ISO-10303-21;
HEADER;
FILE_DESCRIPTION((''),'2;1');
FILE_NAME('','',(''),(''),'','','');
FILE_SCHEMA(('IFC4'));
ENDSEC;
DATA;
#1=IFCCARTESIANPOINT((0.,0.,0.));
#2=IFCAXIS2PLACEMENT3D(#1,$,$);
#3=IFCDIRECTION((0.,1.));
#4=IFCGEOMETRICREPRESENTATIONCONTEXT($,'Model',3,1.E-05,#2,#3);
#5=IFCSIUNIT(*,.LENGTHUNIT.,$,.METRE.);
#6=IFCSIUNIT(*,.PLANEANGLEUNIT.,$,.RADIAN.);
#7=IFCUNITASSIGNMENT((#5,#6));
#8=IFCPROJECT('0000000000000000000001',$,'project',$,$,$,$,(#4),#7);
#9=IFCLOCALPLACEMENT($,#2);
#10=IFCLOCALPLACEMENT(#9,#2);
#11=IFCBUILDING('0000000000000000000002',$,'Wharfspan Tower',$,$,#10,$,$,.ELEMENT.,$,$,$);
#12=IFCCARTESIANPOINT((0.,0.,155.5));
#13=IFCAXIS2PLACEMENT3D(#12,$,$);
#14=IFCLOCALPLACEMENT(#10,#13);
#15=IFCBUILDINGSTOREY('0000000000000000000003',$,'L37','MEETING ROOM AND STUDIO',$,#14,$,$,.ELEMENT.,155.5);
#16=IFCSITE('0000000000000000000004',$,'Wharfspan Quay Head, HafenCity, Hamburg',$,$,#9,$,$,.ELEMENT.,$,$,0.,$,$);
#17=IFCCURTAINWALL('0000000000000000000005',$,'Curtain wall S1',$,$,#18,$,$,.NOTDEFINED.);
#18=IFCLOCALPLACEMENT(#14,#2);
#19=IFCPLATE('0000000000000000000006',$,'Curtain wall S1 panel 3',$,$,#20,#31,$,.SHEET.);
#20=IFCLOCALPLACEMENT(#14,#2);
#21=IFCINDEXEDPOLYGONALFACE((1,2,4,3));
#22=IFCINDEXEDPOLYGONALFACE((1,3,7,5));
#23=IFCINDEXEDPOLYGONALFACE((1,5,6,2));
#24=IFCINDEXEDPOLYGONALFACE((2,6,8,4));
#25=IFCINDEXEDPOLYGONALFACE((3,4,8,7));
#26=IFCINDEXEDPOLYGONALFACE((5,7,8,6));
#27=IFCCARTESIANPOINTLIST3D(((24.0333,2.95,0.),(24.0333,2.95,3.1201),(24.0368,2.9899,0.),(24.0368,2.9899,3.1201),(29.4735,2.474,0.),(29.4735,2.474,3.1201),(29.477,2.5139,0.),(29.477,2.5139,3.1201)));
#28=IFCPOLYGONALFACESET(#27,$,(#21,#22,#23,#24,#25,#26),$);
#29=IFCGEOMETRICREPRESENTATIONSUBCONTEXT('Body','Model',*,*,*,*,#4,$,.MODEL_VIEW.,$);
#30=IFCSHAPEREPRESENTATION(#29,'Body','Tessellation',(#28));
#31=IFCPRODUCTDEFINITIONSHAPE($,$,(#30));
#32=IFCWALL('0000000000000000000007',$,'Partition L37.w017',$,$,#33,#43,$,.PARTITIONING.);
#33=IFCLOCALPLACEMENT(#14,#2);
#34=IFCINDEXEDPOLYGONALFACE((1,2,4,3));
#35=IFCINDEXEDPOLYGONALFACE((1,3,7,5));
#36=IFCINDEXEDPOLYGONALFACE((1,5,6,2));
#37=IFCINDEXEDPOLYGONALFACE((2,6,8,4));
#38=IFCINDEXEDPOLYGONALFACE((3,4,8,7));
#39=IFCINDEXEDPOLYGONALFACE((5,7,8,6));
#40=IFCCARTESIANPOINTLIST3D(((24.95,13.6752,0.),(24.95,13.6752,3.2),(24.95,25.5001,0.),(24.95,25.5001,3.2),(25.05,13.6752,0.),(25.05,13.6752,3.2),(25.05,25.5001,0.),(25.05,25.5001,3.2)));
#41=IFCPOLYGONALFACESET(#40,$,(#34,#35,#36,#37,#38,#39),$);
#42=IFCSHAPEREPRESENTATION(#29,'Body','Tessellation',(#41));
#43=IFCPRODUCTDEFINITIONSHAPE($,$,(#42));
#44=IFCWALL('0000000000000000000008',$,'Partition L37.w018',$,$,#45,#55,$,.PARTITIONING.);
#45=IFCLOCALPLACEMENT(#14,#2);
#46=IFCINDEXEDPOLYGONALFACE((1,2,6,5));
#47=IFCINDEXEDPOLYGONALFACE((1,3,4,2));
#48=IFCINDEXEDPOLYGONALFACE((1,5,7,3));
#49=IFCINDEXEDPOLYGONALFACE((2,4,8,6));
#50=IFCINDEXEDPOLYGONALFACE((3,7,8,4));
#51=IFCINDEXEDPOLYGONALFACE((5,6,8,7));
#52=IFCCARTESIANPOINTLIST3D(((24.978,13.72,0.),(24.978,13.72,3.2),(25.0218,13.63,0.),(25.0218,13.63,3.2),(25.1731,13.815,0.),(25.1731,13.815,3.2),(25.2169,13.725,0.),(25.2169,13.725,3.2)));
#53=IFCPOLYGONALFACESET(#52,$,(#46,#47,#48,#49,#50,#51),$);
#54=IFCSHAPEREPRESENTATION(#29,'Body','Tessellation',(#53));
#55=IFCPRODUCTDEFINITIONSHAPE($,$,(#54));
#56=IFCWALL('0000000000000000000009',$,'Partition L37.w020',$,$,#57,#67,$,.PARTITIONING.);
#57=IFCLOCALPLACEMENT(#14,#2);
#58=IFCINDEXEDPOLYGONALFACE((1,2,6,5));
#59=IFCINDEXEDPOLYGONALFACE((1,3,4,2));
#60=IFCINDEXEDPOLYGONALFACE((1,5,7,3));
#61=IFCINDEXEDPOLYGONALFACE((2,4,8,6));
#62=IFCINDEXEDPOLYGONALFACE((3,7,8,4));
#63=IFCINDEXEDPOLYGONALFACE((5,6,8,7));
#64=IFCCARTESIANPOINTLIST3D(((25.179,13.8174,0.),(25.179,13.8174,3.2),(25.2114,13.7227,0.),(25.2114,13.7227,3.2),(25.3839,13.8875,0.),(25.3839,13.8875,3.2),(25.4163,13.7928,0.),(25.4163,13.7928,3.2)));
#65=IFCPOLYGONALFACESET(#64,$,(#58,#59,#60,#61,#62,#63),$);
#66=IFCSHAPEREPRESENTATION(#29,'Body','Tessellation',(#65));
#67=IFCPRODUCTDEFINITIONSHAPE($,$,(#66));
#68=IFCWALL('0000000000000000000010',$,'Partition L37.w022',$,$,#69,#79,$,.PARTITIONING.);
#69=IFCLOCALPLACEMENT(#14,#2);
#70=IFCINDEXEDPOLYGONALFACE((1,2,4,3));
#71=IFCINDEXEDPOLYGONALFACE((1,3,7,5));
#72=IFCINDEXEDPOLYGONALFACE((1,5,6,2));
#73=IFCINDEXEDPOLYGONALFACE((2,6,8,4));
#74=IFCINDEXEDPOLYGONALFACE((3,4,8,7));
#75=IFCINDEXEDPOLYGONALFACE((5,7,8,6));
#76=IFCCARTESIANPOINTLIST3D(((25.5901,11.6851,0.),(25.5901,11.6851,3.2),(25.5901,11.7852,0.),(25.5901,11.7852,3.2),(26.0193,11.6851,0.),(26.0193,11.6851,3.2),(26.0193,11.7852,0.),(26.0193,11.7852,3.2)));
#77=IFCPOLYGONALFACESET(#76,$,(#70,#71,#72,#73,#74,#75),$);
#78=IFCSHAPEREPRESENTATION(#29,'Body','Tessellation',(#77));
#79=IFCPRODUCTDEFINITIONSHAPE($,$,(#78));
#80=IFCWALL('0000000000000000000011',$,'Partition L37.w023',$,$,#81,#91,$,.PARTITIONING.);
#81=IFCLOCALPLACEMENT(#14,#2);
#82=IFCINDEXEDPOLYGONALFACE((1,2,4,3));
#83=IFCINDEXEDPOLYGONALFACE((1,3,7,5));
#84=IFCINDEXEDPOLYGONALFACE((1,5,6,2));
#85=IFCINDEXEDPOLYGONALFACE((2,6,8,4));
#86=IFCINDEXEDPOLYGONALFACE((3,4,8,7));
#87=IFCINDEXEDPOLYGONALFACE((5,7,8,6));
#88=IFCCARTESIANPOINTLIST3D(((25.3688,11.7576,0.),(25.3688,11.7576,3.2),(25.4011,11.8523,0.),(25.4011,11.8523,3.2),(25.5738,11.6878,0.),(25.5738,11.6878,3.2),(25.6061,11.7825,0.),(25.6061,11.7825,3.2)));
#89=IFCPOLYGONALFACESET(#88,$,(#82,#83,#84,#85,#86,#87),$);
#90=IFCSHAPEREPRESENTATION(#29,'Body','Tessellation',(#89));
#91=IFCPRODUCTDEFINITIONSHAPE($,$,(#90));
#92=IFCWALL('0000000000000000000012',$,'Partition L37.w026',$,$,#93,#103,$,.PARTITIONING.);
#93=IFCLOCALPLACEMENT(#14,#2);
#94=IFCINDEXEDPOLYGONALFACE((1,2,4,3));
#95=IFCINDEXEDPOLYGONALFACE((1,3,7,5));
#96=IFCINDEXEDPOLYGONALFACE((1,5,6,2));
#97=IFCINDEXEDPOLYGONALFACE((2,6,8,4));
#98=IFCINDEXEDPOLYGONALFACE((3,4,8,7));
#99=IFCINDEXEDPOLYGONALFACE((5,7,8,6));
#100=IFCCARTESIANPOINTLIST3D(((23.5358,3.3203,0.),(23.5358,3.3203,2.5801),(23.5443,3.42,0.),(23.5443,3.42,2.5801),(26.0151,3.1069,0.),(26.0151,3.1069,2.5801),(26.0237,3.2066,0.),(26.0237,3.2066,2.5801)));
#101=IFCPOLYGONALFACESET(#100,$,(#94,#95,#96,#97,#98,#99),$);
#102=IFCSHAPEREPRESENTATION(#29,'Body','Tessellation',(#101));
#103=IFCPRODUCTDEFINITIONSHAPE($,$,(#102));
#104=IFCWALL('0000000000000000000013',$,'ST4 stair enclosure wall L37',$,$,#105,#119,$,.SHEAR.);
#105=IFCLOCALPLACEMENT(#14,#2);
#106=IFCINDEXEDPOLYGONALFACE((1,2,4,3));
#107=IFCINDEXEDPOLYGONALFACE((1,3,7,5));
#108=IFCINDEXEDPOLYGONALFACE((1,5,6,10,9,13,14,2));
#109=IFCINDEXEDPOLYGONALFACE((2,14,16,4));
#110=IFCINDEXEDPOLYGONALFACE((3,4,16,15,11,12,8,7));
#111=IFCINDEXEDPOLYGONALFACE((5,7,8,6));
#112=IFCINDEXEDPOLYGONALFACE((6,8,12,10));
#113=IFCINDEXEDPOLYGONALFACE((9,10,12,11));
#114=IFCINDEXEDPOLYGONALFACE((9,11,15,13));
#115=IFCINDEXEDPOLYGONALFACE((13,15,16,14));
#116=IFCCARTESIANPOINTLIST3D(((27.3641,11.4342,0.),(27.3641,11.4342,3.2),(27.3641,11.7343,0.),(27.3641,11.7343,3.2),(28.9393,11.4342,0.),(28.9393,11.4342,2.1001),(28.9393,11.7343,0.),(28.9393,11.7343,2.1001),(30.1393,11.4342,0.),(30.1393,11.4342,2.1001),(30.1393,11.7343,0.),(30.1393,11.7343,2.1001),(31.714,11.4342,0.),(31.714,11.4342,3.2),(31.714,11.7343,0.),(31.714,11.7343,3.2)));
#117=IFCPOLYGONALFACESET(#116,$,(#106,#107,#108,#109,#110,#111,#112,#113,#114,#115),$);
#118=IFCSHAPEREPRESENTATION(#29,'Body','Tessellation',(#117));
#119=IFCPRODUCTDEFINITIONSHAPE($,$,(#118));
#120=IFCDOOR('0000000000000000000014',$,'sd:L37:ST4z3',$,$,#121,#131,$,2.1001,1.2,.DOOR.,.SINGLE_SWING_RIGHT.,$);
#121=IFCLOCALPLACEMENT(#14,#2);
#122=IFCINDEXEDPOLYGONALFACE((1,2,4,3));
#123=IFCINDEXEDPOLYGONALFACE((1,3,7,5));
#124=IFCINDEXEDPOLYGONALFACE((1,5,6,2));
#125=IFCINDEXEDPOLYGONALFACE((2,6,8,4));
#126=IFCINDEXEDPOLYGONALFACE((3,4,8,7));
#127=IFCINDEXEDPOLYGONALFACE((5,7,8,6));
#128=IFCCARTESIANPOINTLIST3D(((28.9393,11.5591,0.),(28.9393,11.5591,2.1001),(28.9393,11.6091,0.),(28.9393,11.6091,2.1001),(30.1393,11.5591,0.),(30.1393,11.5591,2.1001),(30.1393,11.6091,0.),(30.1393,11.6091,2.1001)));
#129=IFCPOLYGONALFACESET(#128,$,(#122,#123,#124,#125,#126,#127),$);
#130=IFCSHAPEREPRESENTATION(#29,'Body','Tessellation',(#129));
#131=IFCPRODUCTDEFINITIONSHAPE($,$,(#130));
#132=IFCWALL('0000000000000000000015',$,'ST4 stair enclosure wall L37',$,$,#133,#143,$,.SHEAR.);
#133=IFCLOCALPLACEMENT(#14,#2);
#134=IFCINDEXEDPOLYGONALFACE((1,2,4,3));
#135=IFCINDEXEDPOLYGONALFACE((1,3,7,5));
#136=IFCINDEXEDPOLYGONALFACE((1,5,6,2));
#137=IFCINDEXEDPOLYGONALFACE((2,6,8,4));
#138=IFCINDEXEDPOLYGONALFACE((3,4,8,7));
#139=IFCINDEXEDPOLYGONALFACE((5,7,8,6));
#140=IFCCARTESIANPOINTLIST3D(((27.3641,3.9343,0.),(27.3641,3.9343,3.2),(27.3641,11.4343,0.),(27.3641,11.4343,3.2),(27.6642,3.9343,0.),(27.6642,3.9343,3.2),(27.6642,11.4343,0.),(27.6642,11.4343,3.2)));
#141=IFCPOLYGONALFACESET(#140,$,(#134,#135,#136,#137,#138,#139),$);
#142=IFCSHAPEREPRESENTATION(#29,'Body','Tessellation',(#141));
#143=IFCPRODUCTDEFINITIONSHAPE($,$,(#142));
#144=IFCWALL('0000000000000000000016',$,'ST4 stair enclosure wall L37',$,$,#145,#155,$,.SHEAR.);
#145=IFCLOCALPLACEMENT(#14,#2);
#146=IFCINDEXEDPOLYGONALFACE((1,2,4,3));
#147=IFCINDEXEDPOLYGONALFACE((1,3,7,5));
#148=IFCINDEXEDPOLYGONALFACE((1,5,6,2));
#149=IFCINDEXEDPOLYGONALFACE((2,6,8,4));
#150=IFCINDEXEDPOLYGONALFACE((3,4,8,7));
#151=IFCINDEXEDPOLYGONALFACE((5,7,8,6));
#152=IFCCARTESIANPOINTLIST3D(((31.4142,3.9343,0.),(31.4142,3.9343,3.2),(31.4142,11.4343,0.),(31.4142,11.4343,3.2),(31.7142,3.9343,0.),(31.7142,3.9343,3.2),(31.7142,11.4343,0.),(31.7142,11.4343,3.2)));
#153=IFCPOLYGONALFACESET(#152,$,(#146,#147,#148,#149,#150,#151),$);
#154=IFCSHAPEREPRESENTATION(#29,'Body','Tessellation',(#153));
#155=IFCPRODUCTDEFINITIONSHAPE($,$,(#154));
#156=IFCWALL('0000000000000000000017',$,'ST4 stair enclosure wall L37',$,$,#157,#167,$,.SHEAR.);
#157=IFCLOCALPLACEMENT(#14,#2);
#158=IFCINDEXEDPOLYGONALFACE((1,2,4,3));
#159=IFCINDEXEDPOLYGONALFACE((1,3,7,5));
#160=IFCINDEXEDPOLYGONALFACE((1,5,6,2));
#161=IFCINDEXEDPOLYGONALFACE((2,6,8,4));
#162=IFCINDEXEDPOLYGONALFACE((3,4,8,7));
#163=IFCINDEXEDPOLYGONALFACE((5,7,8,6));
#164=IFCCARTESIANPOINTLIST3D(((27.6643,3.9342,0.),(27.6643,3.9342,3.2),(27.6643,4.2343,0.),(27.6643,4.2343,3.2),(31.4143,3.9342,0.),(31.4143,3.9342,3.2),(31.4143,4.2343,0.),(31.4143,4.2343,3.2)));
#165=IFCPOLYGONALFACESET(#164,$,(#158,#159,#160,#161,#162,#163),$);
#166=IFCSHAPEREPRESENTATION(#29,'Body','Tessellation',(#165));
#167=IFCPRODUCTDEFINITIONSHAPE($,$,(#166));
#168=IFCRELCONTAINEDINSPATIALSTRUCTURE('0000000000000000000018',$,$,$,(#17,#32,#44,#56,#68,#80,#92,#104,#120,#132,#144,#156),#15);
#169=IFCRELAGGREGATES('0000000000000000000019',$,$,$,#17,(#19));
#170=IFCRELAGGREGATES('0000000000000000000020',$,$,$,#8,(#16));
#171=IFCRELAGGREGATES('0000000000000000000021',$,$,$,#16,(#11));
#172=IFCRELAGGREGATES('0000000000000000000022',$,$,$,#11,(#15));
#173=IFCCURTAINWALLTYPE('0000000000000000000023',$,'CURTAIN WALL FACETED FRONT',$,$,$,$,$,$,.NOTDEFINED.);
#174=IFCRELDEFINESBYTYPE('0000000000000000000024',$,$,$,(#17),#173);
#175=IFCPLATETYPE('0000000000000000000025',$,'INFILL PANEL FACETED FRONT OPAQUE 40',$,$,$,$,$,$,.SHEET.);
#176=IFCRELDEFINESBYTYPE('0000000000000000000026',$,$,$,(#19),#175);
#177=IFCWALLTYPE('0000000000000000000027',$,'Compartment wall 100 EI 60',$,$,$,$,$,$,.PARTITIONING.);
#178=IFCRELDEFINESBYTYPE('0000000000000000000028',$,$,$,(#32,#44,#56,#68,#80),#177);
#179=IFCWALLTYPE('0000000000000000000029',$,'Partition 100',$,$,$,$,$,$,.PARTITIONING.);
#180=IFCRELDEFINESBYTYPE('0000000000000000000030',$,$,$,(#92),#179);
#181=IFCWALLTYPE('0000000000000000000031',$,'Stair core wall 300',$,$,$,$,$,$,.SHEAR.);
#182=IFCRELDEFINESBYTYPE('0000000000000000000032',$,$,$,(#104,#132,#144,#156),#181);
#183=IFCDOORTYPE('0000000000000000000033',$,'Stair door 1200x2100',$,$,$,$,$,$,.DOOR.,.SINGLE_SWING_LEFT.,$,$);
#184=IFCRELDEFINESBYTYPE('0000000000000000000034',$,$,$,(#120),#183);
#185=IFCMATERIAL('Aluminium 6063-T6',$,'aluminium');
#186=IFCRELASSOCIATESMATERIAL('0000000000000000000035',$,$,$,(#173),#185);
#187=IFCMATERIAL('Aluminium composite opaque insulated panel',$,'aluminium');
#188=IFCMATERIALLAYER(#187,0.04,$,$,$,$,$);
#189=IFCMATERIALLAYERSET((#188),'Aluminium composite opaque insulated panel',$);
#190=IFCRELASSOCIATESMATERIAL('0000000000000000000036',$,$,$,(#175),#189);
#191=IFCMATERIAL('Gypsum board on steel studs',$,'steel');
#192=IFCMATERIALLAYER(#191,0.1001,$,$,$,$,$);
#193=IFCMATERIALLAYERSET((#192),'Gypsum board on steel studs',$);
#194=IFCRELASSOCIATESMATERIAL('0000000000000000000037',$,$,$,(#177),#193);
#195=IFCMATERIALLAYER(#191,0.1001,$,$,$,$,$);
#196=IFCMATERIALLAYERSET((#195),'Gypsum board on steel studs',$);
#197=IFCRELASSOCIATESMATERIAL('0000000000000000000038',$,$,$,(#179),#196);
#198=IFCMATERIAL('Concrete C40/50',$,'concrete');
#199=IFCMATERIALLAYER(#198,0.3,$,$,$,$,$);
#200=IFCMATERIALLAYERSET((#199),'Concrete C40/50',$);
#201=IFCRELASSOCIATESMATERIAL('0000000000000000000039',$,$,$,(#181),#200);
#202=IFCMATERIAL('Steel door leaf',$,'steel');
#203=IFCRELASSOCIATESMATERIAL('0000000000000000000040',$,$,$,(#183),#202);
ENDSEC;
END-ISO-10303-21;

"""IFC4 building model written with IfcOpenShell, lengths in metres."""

from ifc_helpers import new_model, si_unit, direction, frame, frame_2d, origin, origin_2d, place, context, subcontext, project, spatial, rectangle, extrude, material, layer, layer_set, type_object, element, fill, aggregate, save


model = new_model("IFC4")

# Units and contexts
model_context = context("Model", 3, precision=1e-05, world=origin(), true_north=direction((0.0, 1.0)))
body_context = subcontext(model_context, "Body", "Model", "MODEL_VIEW")
ifc_project = project(units=[si_unit("LENGTHUNIT", "METRE"), si_unit("PLANEANGLEUNIT", "RADIAN")], contexts=[model_context])

# Site, building, storey
site_placement = place(None, origin())
site = spatial("IfcSite", under=ifc_project, at=site_placement, Name="Wharfspan Quay Head, HafenCity, Hamburg", CompositionType="ELEMENT", RefElevation=0.0)
building_placement = place(site_placement, origin())
building = spatial("IfcBuilding", under=site, at=building_placement, Name="Wharfspan Tower", CompositionType="ELEMENT")
storey_placement = place(building_placement, frame((0.0, 0.0, 155.5)))
storey = spatial("IfcBuildingStorey", under=building, at=storey_placement, Name="L37", Description="MEETING ROOM AND STUDIO", CompositionType="ELEMENT", Elevation=155.5)

# Curtain wall, plate
ifc_material_1 = material(Name="Aluminium 6063-T6", Category="aluminium")
curtain_wall_type = type_object("IfcCurtainWallType", Name="CURTAIN WALL FACETED FRONT", PredefinedType="NOTDEFINED", material=ifc_material_1)
curtain_wall_placement = place(storey_placement, origin())
curtain_wall = element("IfcCurtainWall", 1, at=curtain_wall_placement, inside=storey, type_object=curtain_wall_type, Name="Curtain wall S1", PredefinedType="NOTDEFINED")
ifc_material_2 = material(Name="Aluminium composite opaque insulated panel", Category="aluminium")
ifc_layer_1 = layer(ifc_material_2, 0.04)
ifc_layer_set_1 = layer_set([ifc_layer_1], Name="Aluminium composite opaque insulated panel")
plate_type = type_object("IfcPlateType", Name="INFILL PANEL FACETED FRONT OPAQUE 40", PredefinedType="SHEET", material=ifc_layer_set_1)
plate_placement = place(storey_placement, frame((26.7551, 2.7319, 0.0), z_axis=(0.0, 0.0, 1.0), x_axis=(0.996198, -0.087156, 0.0)))
plate = element("IfcPlate", 2, at=plate_placement, type_object=plate_type, Name="Curtain wall S1 panel 3", PredefinedType="SHEET", context=body_context, shape_type="SweptSolid", body=[
    extrude(rectangle(XDim=5.4609, YDim=0.04, at=origin_2d()), origin(), (0.0, 0.0, 1.0), 3.1201),
])
aggregate(curtain_wall, [plate])

# Walls
ifc_material_3 = material(Name="Gypsum board on steel studs", Category="steel")
ifc_layer_2 = layer(ifc_material_3, 0.1001)
ifc_layer_set_2 = layer_set([ifc_layer_2], Name="Gypsum board on steel studs")
wall_type_1 = type_object("IfcWallType", Name="Compartment wall 100 EI 60", PredefinedType="PARTITIONING", material=ifc_layer_set_2)
wall_1_placement = place(storey_placement, frame((25.0, 13.675, 0.0), z_axis=(0.0, 0.0, 1.0), x_axis=(0.0, 1.0, 0.0)))
element("IfcWall", 3, at=wall_1_placement, inside=storey, type_object=wall_type_1, Name="Partition L37.w017", PredefinedType="PARTITIONING", context=body_context, shape_type="SweptSolid", body=[
    extrude(rectangle(XDim=11.825, YDim=0.1001, at=frame_2d((5.9126, 0.0))), origin(), (0.0, 0.0, 1.0), 3.2),
])
wall_2_placement = place(storey_placement, frame((25.0, 13.675, 0.0), z_axis=(0.0, 0.0, 1.0), x_axis=(0.899103, 0.437736, 0.0)))
element("IfcWall", 4, at=wall_2_placement, inside=storey, type_object=wall_type_1, Name="Partition L37.w018", PredefinedType="PARTITIONING", context=body_context, shape_type="SweptSolid", body=[
    extrude(rectangle(XDim=0.217, YDim=0.1001, at=frame_2d((0.1084, 0.0))), origin(), (0.0, 0.0, 1.0), 3.2),
])
wall_3_placement = place(storey_placement, frame((25.1951, 13.77, 0.0), z_axis=(0.0, 0.0, 1.0), x_axis=(0.94617, 0.32366, 0.0)))
element("IfcWall", 5, at=wall_3_placement, inside=storey, type_object=wall_type_1, Name="Partition L37.w020", PredefinedType="PARTITIONING", context=body_context, shape_type="SweptSolid", body=[
    extrude(rectangle(XDim=0.2166, YDim=0.1001, at=frame_2d((0.1084, 0.0))), origin(), (0.0, 0.0, 1.0), 3.2),
])
wall_4_placement = place(storey_placement, frame((25.5901, 11.7351, 0.0), z_axis=(0.0, 0.0, 1.0), x_axis=(1.0, 0.0, 0.0)))
element("IfcWall", 6, at=wall_4_placement, inside=storey, type_object=wall_type_1, Name="Partition L37.w022", PredefinedType="PARTITIONING", context=body_context, shape_type="SweptSolid", body=[
    extrude(rectangle(XDim=0.4292, YDim=0.1001, at=frame_2d((0.2146, 0.0))), origin(), (0.0, 0.0, 1.0), 3.2),
])
wall_5_placement = place(storey_placement, frame((25.5901, 11.7351, 0.0), z_axis=(0.0, 0.0, 1.0), x_axis=(-0.946633, 0.322306, 0.0)))
element("IfcWall", 7, at=wall_5_placement, inside=storey, type_object=wall_type_1, Name="Partition L37.w023", PredefinedType="PARTITIONING", context=body_context, shape_type="SweptSolid", body=[
    extrude(rectangle(XDim=0.2166, YDim=0.1001, at=frame_2d((0.1084, 0.0))), origin(), (0.0, 0.0, 1.0), 3.2),
])
ifc_layer_3 = layer(ifc_material_3, 0.1001)
ifc_layer_set_3 = layer_set([ifc_layer_3], Name="Gypsum board on steel studs")
wall_type_2 = type_object("IfcWallType", Name="Partition 100", PredefinedType="PARTITIONING", material=ifc_layer_set_3)
wall_6_placement = place(storey_placement, frame((26.0193, 3.1567, 0.0), z_axis=(0.0, 0.0, 1.0), x_axis=(-0.996317, 0.085749, 0.0)))
element("IfcWall", 8, at=wall_6_placement, inside=storey, type_object=wall_type_2, Name="Partition L37.w026", PredefinedType="PARTITIONING", context=body_context, shape_type="SweptSolid", body=[
    extrude(rectangle(XDim=2.4885, YDim=0.1001, at=frame_2d((1.2441, 0.0))), origin(), (0.0, 0.0, 1.0), 2.5801),
])

# Wall, opening, door
ifc_material_4 = material(Name="Concrete C40/50", Category="concrete")
ifc_layer_4 = layer(ifc_material_4, 0.3)
ifc_layer_set_4 = layer_set([ifc_layer_4], Name="Concrete C40/50")
wall_type_3 = type_object("IfcWallType", Name="Stair core wall 300", PredefinedType="SHEAR", material=ifc_layer_set_4)
wall_7_placement = place(storey_placement, frame((27.3643, 11.5842, 0.0), z_axis=(0.0, 0.0, 1.0), x_axis=(1.0, 0.0, 0.0)))
wall_7 = element("IfcWall", 9, at=wall_7_placement, inside=storey, type_object=wall_type_3, Name="ST4 stair enclosure wall L37", PredefinedType="SHEAR", context=body_context, shape_type="SweptSolid", body=[
    extrude(rectangle(XDim=4.3499, YDim=0.3, at=frame_2d((2.1748, 0.0))), origin(), (0.0, 0.0, 1.0), 3.2),
])
opening_placement = place(wall_7_placement, frame((1.575, 0.0, 0.0)))
opening = element("IfcOpeningElement", 10, at=opening_placement, cuts=wall_7, PredefinedType="OPENING", context=body_context, shape_type="SweptSolid", body=[
    extrude(rectangle(XDim=1.2, YDim=2.1001, at=frame_2d((0.6001, 1.05))), frame((0.0, 0.1599, 0.0), z_axis=(0.0, -1.0, 0.0), x_axis=(1.0, 0.0, 0.0)), (0.0, 0.0, 1.0), 0.3201),
])
ifc_material_5 = material(Name="Steel door leaf", Category="steel")
door_type = type_object("IfcDoorType", Name="Stair door 1200x2100", OperationType="SINGLE_SWING_LEFT", PredefinedType="DOOR", material=ifc_material_5)
door_placement = place(opening_placement, origin())
door = element("IfcDoor", 11, at=door_placement, inside=storey, type_object=door_type, Name="sd:L37:ST4z3", OperationType="SINGLE_SWING_RIGHT", OverallHeight=2.1001, OverallWidth=1.2, PredefinedType="DOOR", context=body_context, shape_type="SweptSolid", body=[
    extrude(rectangle(XDim=1.2, YDim=2.1001, at=frame_2d((0.6001, 1.05))), frame((0.0, 0.0249, 0.0), z_axis=(0.0, -1.0, 0.0), x_axis=(1.0, 0.0, 0.0)), (0.0, 0.0, 1.0), 0.05),
])
fill(opening, door)

# Walls
for number, where, z_axis, x_axis, name in (
    (12, (27.5142, 3.9343, 0.0), (0.0, 0.0, 1.0), (0.0, 1.0, 0.0), "ST4 stair enclosure wall L37"),
    (13, (31.5642, 3.9343, 0.0), (0.0, 0.0, 1.0), (0.0, 1.0, 0.0), "ST4 stair enclosure wall L37"),
):
    element("IfcWall", number, at=place(storey_placement, frame(where, z_axis=z_axis, x_axis=x_axis)), inside=storey, type_object=wall_type_3, Name=name, PredefinedType="SHEAR", context=body_context, shape_type="SweptSolid", body=[
        extrude(rectangle(XDim=7.5, YDim=0.3, at=frame_2d((3.75, 0.0))), origin(), (0.0, 0.0, 1.0), 3.2),
    ])
wall_8_placement = place(storey_placement, frame((27.6643, 4.0842, 0.0), z_axis=(0.0, 0.0, 1.0), x_axis=(1.0, 0.0, 0.0)))
element("IfcWall", 14, at=wall_8_placement, inside=storey, type_object=wall_type_3, Name="ST4 stair enclosure wall L37", PredefinedType="SHEAR", context=body_context, shape_type="SweptSolid", body=[
    extrude(rectangle(XDim=3.75, YDim=0.3, at=frame_2d((1.875, 0.0))), origin(), (0.0, 0.0, 1.0), 3.2),
])

save(model, "model.ifc")
